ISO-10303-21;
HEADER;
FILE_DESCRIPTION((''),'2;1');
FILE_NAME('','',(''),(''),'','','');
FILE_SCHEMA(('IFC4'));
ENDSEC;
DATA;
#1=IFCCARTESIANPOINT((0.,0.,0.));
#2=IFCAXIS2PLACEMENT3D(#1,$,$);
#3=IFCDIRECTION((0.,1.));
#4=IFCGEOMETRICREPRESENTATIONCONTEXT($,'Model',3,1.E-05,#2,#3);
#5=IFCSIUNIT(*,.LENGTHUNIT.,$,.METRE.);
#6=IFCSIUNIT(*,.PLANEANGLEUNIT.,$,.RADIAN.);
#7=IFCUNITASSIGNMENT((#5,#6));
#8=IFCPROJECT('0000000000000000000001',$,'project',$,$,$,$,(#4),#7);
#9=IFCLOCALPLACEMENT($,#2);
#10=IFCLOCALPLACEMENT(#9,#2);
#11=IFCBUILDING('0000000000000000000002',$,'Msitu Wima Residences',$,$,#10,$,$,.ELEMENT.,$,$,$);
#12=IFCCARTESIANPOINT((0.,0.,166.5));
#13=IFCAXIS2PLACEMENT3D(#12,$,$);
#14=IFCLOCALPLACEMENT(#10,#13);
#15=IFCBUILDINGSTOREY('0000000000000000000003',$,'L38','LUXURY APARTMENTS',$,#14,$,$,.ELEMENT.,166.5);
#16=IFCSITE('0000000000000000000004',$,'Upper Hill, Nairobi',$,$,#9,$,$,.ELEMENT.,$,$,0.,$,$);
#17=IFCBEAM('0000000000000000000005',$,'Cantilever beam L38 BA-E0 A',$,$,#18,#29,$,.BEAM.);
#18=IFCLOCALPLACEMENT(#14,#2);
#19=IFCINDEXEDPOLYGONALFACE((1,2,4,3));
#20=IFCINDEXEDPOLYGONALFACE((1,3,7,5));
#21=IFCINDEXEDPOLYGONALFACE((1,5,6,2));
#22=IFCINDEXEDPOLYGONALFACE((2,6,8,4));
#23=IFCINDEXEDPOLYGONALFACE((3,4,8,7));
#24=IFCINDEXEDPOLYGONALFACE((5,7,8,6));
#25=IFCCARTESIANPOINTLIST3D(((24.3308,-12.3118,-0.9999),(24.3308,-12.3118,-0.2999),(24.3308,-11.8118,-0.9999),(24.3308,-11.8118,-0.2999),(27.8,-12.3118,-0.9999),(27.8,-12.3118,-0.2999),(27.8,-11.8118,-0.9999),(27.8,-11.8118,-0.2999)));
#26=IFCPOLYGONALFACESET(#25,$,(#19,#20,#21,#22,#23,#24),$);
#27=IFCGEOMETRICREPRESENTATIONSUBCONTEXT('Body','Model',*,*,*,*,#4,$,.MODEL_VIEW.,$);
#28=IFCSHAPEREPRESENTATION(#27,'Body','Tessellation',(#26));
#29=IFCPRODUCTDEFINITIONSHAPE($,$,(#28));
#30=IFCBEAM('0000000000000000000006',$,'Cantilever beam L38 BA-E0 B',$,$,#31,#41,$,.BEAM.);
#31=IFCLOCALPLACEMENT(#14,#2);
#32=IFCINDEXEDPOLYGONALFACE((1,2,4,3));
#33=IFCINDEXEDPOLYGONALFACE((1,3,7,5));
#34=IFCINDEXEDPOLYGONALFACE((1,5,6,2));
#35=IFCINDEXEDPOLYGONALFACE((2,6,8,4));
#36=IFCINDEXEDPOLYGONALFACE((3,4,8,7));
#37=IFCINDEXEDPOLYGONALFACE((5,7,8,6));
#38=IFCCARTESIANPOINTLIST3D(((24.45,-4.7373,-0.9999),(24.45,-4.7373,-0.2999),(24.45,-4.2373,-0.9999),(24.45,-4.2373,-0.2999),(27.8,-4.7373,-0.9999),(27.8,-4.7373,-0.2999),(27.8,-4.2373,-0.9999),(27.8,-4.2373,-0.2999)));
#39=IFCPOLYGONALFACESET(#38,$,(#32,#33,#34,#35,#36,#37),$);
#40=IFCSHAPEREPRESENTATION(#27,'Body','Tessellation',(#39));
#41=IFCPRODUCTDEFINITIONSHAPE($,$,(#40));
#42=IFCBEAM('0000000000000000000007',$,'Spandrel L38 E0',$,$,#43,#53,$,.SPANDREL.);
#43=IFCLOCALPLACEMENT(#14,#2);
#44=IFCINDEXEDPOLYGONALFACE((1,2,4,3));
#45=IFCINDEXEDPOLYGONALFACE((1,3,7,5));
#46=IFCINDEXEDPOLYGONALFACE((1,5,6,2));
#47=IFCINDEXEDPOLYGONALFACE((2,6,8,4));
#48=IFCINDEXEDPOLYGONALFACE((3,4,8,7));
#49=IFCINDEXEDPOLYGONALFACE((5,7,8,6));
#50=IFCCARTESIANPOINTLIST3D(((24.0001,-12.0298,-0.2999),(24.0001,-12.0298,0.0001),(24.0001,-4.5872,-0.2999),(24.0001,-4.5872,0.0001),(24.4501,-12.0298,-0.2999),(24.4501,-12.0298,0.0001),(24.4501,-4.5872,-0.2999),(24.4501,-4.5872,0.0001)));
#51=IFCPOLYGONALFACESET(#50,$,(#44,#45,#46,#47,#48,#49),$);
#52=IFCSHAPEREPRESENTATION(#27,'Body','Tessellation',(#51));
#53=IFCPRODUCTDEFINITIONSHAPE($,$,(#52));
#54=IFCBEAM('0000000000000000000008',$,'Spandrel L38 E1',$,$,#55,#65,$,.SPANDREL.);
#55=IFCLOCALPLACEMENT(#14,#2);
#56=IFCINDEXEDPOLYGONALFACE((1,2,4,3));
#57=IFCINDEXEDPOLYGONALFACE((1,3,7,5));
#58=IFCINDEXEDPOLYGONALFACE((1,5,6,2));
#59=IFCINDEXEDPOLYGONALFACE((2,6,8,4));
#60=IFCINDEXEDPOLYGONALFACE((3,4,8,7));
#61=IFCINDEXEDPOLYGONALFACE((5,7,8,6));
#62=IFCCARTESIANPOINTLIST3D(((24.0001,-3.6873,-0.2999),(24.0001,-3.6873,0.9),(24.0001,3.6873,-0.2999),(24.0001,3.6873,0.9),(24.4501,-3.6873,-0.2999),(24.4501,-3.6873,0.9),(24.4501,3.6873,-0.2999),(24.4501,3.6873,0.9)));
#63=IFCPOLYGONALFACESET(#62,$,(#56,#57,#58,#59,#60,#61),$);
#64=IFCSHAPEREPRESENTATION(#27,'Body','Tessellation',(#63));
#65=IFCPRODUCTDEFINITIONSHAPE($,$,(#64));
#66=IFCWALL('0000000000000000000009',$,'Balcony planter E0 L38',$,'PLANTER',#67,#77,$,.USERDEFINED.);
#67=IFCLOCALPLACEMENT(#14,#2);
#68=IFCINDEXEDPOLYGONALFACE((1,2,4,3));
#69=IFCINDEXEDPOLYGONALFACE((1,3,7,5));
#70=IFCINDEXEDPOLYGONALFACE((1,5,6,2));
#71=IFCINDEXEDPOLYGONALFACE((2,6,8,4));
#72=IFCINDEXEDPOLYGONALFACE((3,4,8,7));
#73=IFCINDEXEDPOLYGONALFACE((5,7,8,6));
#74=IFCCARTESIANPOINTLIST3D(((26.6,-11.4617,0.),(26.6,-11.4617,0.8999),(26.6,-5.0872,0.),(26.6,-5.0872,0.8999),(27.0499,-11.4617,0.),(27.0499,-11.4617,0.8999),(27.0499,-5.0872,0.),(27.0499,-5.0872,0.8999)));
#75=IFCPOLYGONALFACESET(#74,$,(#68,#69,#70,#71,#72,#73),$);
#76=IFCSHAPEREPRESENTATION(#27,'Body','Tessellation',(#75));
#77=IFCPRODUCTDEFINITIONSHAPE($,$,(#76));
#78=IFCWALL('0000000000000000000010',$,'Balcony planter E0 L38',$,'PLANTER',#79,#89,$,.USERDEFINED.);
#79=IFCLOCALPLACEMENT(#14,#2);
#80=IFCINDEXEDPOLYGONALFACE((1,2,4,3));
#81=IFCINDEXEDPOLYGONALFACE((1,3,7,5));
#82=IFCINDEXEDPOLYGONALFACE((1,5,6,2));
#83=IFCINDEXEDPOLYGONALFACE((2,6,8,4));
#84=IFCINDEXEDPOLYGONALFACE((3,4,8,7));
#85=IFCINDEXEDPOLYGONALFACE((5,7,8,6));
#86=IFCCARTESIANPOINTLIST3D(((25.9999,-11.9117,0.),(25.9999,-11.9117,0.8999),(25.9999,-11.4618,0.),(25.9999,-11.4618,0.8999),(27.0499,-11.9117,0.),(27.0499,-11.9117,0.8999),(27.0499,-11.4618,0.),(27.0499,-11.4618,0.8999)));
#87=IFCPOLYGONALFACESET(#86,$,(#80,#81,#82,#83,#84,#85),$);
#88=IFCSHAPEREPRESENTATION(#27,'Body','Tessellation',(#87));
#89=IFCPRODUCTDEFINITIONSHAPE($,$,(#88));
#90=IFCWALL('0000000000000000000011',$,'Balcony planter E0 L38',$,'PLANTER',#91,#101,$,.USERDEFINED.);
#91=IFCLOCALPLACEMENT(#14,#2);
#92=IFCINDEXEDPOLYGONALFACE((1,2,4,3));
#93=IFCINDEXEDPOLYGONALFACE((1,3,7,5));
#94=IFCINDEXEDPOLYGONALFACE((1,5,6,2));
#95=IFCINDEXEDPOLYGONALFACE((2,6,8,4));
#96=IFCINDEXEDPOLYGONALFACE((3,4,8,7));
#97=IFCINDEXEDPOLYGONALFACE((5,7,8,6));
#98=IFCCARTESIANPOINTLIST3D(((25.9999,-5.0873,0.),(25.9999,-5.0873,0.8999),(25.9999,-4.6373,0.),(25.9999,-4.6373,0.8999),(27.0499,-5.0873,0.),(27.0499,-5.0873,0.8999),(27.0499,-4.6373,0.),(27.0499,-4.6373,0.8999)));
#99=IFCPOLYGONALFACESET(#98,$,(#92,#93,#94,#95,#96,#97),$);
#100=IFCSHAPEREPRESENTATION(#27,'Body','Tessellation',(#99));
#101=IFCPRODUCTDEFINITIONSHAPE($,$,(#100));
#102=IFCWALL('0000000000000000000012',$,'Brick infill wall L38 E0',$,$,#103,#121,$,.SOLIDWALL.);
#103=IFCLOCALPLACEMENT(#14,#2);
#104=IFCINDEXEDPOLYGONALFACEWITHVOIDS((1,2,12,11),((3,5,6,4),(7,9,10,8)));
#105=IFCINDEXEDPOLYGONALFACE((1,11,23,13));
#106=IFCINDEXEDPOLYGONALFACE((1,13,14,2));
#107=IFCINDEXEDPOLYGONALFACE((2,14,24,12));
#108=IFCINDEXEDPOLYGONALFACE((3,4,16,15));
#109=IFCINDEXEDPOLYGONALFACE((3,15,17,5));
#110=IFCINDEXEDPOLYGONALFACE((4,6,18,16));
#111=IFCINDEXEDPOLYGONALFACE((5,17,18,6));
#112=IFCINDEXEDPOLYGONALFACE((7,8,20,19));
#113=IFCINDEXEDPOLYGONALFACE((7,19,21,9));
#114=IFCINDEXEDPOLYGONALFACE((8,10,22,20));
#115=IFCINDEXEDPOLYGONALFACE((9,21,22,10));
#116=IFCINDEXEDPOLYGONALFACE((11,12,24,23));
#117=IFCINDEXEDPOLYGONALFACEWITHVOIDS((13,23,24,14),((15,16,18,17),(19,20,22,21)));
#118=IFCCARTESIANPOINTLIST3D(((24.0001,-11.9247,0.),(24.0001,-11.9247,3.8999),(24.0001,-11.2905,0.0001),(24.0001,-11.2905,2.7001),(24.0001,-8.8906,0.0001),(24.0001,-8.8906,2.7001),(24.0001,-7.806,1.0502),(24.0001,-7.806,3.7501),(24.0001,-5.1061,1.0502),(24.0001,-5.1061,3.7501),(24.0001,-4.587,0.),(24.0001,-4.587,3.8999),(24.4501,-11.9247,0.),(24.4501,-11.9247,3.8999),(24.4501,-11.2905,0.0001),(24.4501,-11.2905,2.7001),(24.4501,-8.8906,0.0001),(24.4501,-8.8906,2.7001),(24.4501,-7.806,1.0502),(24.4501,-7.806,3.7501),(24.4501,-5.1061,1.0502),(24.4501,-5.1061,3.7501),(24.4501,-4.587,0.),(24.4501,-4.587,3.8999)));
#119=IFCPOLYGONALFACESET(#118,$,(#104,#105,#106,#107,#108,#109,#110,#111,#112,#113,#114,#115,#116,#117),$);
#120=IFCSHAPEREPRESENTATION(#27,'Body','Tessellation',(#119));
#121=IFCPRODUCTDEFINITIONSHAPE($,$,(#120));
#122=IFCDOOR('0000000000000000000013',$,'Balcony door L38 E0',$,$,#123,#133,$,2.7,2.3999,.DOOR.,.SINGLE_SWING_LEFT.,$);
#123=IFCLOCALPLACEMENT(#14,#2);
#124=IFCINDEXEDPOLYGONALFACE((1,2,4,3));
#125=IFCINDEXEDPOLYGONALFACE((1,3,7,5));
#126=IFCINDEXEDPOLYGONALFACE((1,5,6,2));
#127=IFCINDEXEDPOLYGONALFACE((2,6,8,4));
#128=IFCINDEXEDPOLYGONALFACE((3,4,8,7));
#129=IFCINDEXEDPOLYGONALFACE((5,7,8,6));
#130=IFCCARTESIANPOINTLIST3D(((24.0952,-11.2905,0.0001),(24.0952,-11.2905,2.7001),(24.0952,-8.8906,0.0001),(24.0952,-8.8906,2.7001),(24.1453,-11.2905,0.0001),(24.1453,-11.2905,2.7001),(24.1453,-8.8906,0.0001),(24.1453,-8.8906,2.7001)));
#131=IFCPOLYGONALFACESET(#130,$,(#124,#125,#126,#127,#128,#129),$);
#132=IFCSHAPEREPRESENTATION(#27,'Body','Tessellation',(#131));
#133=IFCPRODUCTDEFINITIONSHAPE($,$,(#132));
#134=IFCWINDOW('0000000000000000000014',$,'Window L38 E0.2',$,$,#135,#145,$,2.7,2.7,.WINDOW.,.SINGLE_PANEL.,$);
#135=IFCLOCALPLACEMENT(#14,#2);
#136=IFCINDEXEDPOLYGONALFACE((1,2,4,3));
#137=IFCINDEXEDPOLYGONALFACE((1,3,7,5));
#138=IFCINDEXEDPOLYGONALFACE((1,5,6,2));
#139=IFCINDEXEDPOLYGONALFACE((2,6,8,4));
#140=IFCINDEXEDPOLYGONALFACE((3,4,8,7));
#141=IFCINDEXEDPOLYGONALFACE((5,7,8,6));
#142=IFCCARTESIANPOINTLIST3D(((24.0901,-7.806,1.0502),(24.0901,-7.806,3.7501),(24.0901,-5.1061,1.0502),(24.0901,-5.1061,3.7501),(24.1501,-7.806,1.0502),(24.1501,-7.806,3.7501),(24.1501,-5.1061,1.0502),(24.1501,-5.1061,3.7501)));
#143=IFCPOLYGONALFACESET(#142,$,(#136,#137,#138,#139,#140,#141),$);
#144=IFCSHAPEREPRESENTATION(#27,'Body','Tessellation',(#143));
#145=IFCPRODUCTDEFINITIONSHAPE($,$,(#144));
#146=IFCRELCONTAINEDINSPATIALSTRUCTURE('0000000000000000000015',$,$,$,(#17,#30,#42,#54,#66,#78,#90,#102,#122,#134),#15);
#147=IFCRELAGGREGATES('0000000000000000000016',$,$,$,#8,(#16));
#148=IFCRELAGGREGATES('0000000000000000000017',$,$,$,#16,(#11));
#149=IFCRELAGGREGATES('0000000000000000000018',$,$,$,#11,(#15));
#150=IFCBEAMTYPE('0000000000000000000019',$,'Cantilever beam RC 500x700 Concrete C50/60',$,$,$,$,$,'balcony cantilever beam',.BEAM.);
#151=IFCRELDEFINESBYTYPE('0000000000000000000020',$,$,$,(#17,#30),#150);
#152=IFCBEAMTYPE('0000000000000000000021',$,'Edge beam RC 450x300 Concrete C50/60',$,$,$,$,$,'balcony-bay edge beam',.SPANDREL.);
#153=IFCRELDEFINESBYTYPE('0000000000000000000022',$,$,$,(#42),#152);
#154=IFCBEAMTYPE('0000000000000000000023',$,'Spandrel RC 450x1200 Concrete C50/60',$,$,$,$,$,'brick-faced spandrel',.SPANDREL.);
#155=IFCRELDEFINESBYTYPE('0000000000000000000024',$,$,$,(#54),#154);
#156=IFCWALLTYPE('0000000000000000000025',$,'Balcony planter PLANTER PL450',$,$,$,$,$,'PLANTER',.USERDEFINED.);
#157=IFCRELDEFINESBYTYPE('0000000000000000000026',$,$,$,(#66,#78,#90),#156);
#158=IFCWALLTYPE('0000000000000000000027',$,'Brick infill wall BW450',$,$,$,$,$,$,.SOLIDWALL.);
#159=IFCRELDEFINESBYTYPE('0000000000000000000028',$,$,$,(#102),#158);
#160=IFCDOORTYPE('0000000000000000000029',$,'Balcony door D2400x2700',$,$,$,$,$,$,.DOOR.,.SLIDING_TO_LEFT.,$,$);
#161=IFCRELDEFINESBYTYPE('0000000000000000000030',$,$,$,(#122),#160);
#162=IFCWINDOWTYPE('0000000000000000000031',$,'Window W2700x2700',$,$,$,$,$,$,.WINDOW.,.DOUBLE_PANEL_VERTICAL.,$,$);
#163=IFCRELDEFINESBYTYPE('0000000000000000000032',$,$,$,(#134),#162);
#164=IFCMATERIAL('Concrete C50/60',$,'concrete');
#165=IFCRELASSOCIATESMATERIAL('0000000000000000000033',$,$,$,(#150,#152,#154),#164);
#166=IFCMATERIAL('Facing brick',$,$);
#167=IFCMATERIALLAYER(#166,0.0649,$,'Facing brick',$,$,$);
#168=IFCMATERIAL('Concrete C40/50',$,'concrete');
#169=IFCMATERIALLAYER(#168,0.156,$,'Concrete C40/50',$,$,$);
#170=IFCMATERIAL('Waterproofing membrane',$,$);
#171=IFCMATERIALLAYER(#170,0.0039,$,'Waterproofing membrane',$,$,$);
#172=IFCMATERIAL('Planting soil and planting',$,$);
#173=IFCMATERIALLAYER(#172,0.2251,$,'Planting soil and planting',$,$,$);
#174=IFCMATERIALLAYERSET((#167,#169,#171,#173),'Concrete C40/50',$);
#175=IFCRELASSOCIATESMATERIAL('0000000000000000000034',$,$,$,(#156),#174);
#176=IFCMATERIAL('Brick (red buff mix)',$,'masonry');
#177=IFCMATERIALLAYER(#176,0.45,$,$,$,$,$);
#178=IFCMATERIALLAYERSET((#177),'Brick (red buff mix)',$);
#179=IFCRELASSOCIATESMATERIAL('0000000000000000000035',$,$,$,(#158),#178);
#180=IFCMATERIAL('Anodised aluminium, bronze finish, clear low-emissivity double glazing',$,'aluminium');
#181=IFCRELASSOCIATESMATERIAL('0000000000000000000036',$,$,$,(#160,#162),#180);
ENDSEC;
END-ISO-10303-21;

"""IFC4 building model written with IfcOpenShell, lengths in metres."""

from ifc_helpers import new_model, si_unit, direction, frame, frame_2d, origin, origin_2d, place, context, subcontext, project, spatial, rectangle, extrude, material, layer, layer_set, material_profile, profile_set, type_object, element, fill, save


model = new_model("IFC4")

# Units and contexts
model_context = context("Model", 3, precision=1e-05, world=origin(), true_north=direction((0.0, 1.0)))
body_context = subcontext(model_context, "Body", "Model", "MODEL_VIEW")
ifc_project = project(units=[si_unit("LENGTHUNIT", "METRE"), si_unit("PLANEANGLEUNIT", "RADIAN")], contexts=[model_context])

# Site, building, storey
site_placement = place(None, origin())
site = spatial("IfcSite", under=ifc_project, at=site_placement, Name="Upper Hill, Nairobi", CompositionType="ELEMENT", RefElevation=0.0)
building_placement = place(site_placement, origin())
building = spatial("IfcBuilding", under=site, at=building_placement, Name="Msitu Wima Residences", CompositionType="ELEMENT")
storey_placement = place(building_placement, frame((0.0, 0.0, 166.5)))
storey = spatial("IfcBuildingStorey", under=building, at=storey_placement, Name="L38", Description="LUXURY APARTMENTS", CompositionType="ELEMENT", Elevation=166.5)

# Beams
ifc_material_1 = material(Name="Concrete C50/60", Category="concrete")
ifc_material_profile_1 = material_profile(ifc_material_1, rectangle(XDim=0.5, YDim=0.7, at=origin_2d()), Name="RC 500x700")
ifc_profile_set_1 = profile_set([ifc_material_profile_1], Name="Concrete C50/60")
beam_type_1 = type_object("IfcBeamType", Name="Cantilever beam RC 500x700 Concrete C50/60", ElementType="balcony cantilever beam", PredefinedType="BEAM", material=ifc_profile_set_1)
beam_1_placement = place(storey_placement, frame((24.3308, -12.0618, -0.6499), z_axis=(1.0, 0.0, 0.0), x_axis=(0.0, 1.0, 0.0)))
element("IfcBeam", 1, at=beam_1_placement, inside=storey, type_object=beam_type_1, Name="Cantilever beam L38 BA-E0 A", PredefinedType="BEAM", context=body_context, shape_type="SweptSolid", body=[
    extrude(rectangle(XDim=0.5, YDim=0.7, at=origin_2d()), origin(), (0.0, 0.0, 1.0), 3.4692),
])
beam_2_placement = place(storey_placement, frame((24.45, -4.4873, -0.6499), z_axis=(1.0, 0.0, 0.0), x_axis=(0.0, 1.0, 0.0)))
element("IfcBeam", 2, at=beam_2_placement, inside=storey, type_object=beam_type_1, Name="Cantilever beam L38 BA-E0 B", PredefinedType="BEAM", context=body_context, shape_type="SweptSolid", body=[
    extrude(rectangle(XDim=0.5, YDim=0.7, at=origin_2d()), origin(), (0.0, 0.0, 1.0), 3.3501),
])
ifc_material_profile_2 = material_profile(ifc_material_1, rectangle(XDim=0.45, YDim=0.3, at=origin_2d()), Name="RC 450x300")
ifc_profile_set_2 = profile_set([ifc_material_profile_2], Name="Concrete C50/60")
beam_type_2 = type_object("IfcBeamType", Name="Edge beam RC 450x300 Concrete C50/60", ElementType="balcony-bay edge beam", PredefinedType="SPANDREL", material=ifc_profile_set_2)
beam_3_placement = place(storey_placement, frame((24.2251, -12.0298, -0.1499), z_axis=(0.0, 1.0, 0.0), x_axis=(-1.0, 0.0, 0.0)))
element("IfcBeam", 3, at=beam_3_placement, inside=storey, type_object=beam_type_2, Name="Spandrel L38 E0", PredefinedType="SPANDREL", context=body_context, shape_type="SweptSolid", body=[
    extrude(rectangle(XDim=0.45, YDim=0.3, at=origin_2d()), origin(), (0.0, 0.0, 1.0), 7.4426),
])
ifc_material_profile_3 = material_profile(ifc_material_1, rectangle(XDim=0.45, YDim=1.2, at=origin_2d()), Name="RC 450x1200")
ifc_profile_set_3 = profile_set([ifc_material_profile_3], Name="Concrete C50/60")
beam_type_3 = type_object("IfcBeamType", Name="Spandrel RC 450x1200 Concrete C50/60", ElementType="brick-faced spandrel", PredefinedType="SPANDREL", material=ifc_profile_set_3)
beam_4_placement = place(storey_placement, frame((24.2251, -3.6873, 0.3), z_axis=(0.0, 1.0, 0.0), x_axis=(-1.0, 0.0, 0.0)))
element("IfcBeam", 4, at=beam_4_placement, inside=storey, type_object=beam_type_3, Name="Spandrel L38 E1", PredefinedType="SPANDREL", context=body_context, shape_type="SweptSolid", body=[
    extrude(rectangle(XDim=0.45, YDim=1.2, at=origin_2d()), origin(), (0.0, 0.0, 1.0), 7.3745),
])

# Walls
ifc_material_2 = material(Name="Facing brick")
ifc_layer_1 = layer(ifc_material_2, 0.0649, Name="Facing brick")
ifc_material_3 = material(Name="Concrete C40/50", Category="concrete")
ifc_layer_2 = layer(ifc_material_3, 0.156, Name="Concrete C40/50")
ifc_material_4 = material(Name="Waterproofing membrane")
ifc_layer_3 = layer(ifc_material_4, 0.0039, Name="Waterproofing membrane")
ifc_material_5 = material(Name="Planting soil and planting")
ifc_layer_4 = layer(ifc_material_5, 0.2251, Name="Planting soil and planting")
ifc_layer_set_1 = layer_set([ifc_layer_1, ifc_layer_2, ifc_layer_3, ifc_layer_4], Name="Concrete C40/50")
wall_type_1 = type_object("IfcWallType", Name="Balcony planter PLANTER PL450", ElementType="PLANTER", PredefinedType="USERDEFINED", material=ifc_layer_set_1)
wall_1_placement = place(storey_placement, frame((26.825, -11.4617, 0.0), z_axis=(0.0, 0.0, 1.0), x_axis=(0.0, 1.0, 0.0)))
element("IfcWall", 5, at=wall_1_placement, inside=storey, type_object=wall_type_1, Name="Balcony planter E0 L38", ObjectType="PLANTER", PredefinedType="USERDEFINED", context=body_context, shape_type="SweptSolid", body=[
    extrude(rectangle(XDim=6.3745, YDim=0.45, at=frame_2d((3.1873, 0.0))), origin(), (0.0, 0.0, 1.0), 0.8999),
])
for number, where, z_axis, x_axis, name in (
    (6, (26.0, -11.6868, 0.0), (0.0, 0.0, 1.0), (1.0, 0.0, 0.0), "Balcony planter E0 L38"),
    (7, (26.0, -4.8623, 0.0), (0.0, 0.0, 1.0), (1.0, 0.0, 0.0), "Balcony planter E0 L38"),
):
    element("IfcWall", number, at=place(storey_placement, frame(where, z_axis=z_axis, x_axis=x_axis)), inside=storey, type_object=wall_type_1, Name=name, ObjectType="PLANTER", PredefinedType="USERDEFINED", context=body_context, shape_type="SweptSolid", body=[
        extrude(rectangle(XDim=1.05, YDim=0.45, at=frame_2d((0.5249, 0.0))), origin(), (0.0, 0.0, 1.0), 0.8999),
    ])

# Wall, openings, door, window
ifc_material_6 = material(Name="Brick (red buff mix)", Category="masonry")
ifc_layer_5 = layer(ifc_material_6, 0.45)
ifc_layer_set_2 = layer_set([ifc_layer_5], Name="Brick (red buff mix)")
wall_type_2 = type_object("IfcWallType", Name="Brick infill wall BW450", PredefinedType="SOLIDWALL", material=ifc_layer_set_2)
wall_2_placement = place(storey_placement, frame((24.2251, -11.9248, 0.0), z_axis=(0.0, 0.0, 1.0), x_axis=(0.0, 1.0, 0.0)))
wall_2 = element("IfcWall", 8, at=wall_2_placement, inside=storey, type_object=wall_type_2, Name="Brick infill wall L38 E0", PredefinedType="SOLIDWALL", context=body_context, shape_type="SweptSolid", body=[
    extrude(rectangle(XDim=7.3376, YDim=0.45, at=frame_2d((3.6689, 0.0))), origin(), (0.0, 0.0, 1.0), 3.8999),
])
opening_1_placement = place(wall_2_placement, frame((0.6343, 0.0, 0.0)))
opening_1 = element("IfcOpeningElement", 9, at=opening_1_placement, cuts=wall_2, PredefinedType="OPENING", context=body_context, shape_type="SweptSolid", body=[
    extrude(rectangle(XDim=2.3999, YDim=2.7, at=frame_2d((1.2, 1.3501))), frame((0.0, 0.2349, 0.0), z_axis=(0.0, -1.0, 0.0), x_axis=(1.0, 0.0, 0.0)), (0.0, 0.0, 1.0), 0.47),
])
opening_2_placement = place(wall_2_placement, frame((4.1187, 0.0, 1.05)))
opening_2 = element("IfcOpeningElement", 10, at=opening_2_placement, cuts=wall_2, PredefinedType="OPENING", context=body_context, shape_type="SweptSolid", body=[
    extrude(rectangle(XDim=2.7, YDim=2.7, at=frame_2d((1.3501, 1.3501))), frame((0.0, 0.2349, 0.0), z_axis=(0.0, -1.0, 0.0), x_axis=(1.0, 0.0, 0.0)), (0.0, 0.0, 1.0), 0.47),
])
ifc_material_7 = material(Name="Anodised aluminium, bronze finish, clear low-emissivity double glazing", Category="aluminium")
door_type = type_object("IfcDoorType", Name="Balcony door D2400x2700", OperationType="SLIDING_TO_LEFT", PredefinedType="DOOR", material=ifc_material_7)
door_placement = place(opening_1_placement, origin())
door = element("IfcDoor", 11, at=door_placement, inside=storey, type_object=door_type, Name="Balcony door L38 E0", OperationType="SINGLE_SWING_LEFT", OverallHeight=2.7, OverallWidth=2.3999, PredefinedType="DOOR", context=body_context, shape_type="SweptSolid", body=[
    extrude(rectangle(XDim=2.3999, YDim=2.7, at=frame_2d((1.2, 1.3501))), frame((0.0, 0.1299, 0.0), z_axis=(0.0, -1.0, 0.0), x_axis=(1.0, 0.0, 0.0)), (0.0, 0.0, 1.0), 0.05),
])
fill(opening_1, door)
window_type = type_object("IfcWindowType", Name="Window W2700x2700", PartitioningType="DOUBLE_PANEL_VERTICAL", PredefinedType="WINDOW", material=ifc_material_7)
window_1_placement = place(opening_2_placement, origin())
window_1 = element("IfcWindow", 12, at=window_1_placement, inside=storey, type_object=window_type, Name="Window L38 E0.2", OverallHeight=2.7, OverallWidth=2.7, PartitioningType="SINGLE_PANEL", PredefinedType="WINDOW", context=body_context, shape_type="SweptSolid", body=[
    extrude(rectangle(XDim=2.7, YDim=2.7, at=frame_2d((1.3501, 1.3501))), frame((0.0, 0.135, 0.0), z_axis=(0.0, -1.0, 0.0), x_axis=(1.0, 0.0, 0.0)), (0.0, 0.0, 1.0), 0.0601),
])
fill(opening_2, window_1)

save(model, "model.ifc")
